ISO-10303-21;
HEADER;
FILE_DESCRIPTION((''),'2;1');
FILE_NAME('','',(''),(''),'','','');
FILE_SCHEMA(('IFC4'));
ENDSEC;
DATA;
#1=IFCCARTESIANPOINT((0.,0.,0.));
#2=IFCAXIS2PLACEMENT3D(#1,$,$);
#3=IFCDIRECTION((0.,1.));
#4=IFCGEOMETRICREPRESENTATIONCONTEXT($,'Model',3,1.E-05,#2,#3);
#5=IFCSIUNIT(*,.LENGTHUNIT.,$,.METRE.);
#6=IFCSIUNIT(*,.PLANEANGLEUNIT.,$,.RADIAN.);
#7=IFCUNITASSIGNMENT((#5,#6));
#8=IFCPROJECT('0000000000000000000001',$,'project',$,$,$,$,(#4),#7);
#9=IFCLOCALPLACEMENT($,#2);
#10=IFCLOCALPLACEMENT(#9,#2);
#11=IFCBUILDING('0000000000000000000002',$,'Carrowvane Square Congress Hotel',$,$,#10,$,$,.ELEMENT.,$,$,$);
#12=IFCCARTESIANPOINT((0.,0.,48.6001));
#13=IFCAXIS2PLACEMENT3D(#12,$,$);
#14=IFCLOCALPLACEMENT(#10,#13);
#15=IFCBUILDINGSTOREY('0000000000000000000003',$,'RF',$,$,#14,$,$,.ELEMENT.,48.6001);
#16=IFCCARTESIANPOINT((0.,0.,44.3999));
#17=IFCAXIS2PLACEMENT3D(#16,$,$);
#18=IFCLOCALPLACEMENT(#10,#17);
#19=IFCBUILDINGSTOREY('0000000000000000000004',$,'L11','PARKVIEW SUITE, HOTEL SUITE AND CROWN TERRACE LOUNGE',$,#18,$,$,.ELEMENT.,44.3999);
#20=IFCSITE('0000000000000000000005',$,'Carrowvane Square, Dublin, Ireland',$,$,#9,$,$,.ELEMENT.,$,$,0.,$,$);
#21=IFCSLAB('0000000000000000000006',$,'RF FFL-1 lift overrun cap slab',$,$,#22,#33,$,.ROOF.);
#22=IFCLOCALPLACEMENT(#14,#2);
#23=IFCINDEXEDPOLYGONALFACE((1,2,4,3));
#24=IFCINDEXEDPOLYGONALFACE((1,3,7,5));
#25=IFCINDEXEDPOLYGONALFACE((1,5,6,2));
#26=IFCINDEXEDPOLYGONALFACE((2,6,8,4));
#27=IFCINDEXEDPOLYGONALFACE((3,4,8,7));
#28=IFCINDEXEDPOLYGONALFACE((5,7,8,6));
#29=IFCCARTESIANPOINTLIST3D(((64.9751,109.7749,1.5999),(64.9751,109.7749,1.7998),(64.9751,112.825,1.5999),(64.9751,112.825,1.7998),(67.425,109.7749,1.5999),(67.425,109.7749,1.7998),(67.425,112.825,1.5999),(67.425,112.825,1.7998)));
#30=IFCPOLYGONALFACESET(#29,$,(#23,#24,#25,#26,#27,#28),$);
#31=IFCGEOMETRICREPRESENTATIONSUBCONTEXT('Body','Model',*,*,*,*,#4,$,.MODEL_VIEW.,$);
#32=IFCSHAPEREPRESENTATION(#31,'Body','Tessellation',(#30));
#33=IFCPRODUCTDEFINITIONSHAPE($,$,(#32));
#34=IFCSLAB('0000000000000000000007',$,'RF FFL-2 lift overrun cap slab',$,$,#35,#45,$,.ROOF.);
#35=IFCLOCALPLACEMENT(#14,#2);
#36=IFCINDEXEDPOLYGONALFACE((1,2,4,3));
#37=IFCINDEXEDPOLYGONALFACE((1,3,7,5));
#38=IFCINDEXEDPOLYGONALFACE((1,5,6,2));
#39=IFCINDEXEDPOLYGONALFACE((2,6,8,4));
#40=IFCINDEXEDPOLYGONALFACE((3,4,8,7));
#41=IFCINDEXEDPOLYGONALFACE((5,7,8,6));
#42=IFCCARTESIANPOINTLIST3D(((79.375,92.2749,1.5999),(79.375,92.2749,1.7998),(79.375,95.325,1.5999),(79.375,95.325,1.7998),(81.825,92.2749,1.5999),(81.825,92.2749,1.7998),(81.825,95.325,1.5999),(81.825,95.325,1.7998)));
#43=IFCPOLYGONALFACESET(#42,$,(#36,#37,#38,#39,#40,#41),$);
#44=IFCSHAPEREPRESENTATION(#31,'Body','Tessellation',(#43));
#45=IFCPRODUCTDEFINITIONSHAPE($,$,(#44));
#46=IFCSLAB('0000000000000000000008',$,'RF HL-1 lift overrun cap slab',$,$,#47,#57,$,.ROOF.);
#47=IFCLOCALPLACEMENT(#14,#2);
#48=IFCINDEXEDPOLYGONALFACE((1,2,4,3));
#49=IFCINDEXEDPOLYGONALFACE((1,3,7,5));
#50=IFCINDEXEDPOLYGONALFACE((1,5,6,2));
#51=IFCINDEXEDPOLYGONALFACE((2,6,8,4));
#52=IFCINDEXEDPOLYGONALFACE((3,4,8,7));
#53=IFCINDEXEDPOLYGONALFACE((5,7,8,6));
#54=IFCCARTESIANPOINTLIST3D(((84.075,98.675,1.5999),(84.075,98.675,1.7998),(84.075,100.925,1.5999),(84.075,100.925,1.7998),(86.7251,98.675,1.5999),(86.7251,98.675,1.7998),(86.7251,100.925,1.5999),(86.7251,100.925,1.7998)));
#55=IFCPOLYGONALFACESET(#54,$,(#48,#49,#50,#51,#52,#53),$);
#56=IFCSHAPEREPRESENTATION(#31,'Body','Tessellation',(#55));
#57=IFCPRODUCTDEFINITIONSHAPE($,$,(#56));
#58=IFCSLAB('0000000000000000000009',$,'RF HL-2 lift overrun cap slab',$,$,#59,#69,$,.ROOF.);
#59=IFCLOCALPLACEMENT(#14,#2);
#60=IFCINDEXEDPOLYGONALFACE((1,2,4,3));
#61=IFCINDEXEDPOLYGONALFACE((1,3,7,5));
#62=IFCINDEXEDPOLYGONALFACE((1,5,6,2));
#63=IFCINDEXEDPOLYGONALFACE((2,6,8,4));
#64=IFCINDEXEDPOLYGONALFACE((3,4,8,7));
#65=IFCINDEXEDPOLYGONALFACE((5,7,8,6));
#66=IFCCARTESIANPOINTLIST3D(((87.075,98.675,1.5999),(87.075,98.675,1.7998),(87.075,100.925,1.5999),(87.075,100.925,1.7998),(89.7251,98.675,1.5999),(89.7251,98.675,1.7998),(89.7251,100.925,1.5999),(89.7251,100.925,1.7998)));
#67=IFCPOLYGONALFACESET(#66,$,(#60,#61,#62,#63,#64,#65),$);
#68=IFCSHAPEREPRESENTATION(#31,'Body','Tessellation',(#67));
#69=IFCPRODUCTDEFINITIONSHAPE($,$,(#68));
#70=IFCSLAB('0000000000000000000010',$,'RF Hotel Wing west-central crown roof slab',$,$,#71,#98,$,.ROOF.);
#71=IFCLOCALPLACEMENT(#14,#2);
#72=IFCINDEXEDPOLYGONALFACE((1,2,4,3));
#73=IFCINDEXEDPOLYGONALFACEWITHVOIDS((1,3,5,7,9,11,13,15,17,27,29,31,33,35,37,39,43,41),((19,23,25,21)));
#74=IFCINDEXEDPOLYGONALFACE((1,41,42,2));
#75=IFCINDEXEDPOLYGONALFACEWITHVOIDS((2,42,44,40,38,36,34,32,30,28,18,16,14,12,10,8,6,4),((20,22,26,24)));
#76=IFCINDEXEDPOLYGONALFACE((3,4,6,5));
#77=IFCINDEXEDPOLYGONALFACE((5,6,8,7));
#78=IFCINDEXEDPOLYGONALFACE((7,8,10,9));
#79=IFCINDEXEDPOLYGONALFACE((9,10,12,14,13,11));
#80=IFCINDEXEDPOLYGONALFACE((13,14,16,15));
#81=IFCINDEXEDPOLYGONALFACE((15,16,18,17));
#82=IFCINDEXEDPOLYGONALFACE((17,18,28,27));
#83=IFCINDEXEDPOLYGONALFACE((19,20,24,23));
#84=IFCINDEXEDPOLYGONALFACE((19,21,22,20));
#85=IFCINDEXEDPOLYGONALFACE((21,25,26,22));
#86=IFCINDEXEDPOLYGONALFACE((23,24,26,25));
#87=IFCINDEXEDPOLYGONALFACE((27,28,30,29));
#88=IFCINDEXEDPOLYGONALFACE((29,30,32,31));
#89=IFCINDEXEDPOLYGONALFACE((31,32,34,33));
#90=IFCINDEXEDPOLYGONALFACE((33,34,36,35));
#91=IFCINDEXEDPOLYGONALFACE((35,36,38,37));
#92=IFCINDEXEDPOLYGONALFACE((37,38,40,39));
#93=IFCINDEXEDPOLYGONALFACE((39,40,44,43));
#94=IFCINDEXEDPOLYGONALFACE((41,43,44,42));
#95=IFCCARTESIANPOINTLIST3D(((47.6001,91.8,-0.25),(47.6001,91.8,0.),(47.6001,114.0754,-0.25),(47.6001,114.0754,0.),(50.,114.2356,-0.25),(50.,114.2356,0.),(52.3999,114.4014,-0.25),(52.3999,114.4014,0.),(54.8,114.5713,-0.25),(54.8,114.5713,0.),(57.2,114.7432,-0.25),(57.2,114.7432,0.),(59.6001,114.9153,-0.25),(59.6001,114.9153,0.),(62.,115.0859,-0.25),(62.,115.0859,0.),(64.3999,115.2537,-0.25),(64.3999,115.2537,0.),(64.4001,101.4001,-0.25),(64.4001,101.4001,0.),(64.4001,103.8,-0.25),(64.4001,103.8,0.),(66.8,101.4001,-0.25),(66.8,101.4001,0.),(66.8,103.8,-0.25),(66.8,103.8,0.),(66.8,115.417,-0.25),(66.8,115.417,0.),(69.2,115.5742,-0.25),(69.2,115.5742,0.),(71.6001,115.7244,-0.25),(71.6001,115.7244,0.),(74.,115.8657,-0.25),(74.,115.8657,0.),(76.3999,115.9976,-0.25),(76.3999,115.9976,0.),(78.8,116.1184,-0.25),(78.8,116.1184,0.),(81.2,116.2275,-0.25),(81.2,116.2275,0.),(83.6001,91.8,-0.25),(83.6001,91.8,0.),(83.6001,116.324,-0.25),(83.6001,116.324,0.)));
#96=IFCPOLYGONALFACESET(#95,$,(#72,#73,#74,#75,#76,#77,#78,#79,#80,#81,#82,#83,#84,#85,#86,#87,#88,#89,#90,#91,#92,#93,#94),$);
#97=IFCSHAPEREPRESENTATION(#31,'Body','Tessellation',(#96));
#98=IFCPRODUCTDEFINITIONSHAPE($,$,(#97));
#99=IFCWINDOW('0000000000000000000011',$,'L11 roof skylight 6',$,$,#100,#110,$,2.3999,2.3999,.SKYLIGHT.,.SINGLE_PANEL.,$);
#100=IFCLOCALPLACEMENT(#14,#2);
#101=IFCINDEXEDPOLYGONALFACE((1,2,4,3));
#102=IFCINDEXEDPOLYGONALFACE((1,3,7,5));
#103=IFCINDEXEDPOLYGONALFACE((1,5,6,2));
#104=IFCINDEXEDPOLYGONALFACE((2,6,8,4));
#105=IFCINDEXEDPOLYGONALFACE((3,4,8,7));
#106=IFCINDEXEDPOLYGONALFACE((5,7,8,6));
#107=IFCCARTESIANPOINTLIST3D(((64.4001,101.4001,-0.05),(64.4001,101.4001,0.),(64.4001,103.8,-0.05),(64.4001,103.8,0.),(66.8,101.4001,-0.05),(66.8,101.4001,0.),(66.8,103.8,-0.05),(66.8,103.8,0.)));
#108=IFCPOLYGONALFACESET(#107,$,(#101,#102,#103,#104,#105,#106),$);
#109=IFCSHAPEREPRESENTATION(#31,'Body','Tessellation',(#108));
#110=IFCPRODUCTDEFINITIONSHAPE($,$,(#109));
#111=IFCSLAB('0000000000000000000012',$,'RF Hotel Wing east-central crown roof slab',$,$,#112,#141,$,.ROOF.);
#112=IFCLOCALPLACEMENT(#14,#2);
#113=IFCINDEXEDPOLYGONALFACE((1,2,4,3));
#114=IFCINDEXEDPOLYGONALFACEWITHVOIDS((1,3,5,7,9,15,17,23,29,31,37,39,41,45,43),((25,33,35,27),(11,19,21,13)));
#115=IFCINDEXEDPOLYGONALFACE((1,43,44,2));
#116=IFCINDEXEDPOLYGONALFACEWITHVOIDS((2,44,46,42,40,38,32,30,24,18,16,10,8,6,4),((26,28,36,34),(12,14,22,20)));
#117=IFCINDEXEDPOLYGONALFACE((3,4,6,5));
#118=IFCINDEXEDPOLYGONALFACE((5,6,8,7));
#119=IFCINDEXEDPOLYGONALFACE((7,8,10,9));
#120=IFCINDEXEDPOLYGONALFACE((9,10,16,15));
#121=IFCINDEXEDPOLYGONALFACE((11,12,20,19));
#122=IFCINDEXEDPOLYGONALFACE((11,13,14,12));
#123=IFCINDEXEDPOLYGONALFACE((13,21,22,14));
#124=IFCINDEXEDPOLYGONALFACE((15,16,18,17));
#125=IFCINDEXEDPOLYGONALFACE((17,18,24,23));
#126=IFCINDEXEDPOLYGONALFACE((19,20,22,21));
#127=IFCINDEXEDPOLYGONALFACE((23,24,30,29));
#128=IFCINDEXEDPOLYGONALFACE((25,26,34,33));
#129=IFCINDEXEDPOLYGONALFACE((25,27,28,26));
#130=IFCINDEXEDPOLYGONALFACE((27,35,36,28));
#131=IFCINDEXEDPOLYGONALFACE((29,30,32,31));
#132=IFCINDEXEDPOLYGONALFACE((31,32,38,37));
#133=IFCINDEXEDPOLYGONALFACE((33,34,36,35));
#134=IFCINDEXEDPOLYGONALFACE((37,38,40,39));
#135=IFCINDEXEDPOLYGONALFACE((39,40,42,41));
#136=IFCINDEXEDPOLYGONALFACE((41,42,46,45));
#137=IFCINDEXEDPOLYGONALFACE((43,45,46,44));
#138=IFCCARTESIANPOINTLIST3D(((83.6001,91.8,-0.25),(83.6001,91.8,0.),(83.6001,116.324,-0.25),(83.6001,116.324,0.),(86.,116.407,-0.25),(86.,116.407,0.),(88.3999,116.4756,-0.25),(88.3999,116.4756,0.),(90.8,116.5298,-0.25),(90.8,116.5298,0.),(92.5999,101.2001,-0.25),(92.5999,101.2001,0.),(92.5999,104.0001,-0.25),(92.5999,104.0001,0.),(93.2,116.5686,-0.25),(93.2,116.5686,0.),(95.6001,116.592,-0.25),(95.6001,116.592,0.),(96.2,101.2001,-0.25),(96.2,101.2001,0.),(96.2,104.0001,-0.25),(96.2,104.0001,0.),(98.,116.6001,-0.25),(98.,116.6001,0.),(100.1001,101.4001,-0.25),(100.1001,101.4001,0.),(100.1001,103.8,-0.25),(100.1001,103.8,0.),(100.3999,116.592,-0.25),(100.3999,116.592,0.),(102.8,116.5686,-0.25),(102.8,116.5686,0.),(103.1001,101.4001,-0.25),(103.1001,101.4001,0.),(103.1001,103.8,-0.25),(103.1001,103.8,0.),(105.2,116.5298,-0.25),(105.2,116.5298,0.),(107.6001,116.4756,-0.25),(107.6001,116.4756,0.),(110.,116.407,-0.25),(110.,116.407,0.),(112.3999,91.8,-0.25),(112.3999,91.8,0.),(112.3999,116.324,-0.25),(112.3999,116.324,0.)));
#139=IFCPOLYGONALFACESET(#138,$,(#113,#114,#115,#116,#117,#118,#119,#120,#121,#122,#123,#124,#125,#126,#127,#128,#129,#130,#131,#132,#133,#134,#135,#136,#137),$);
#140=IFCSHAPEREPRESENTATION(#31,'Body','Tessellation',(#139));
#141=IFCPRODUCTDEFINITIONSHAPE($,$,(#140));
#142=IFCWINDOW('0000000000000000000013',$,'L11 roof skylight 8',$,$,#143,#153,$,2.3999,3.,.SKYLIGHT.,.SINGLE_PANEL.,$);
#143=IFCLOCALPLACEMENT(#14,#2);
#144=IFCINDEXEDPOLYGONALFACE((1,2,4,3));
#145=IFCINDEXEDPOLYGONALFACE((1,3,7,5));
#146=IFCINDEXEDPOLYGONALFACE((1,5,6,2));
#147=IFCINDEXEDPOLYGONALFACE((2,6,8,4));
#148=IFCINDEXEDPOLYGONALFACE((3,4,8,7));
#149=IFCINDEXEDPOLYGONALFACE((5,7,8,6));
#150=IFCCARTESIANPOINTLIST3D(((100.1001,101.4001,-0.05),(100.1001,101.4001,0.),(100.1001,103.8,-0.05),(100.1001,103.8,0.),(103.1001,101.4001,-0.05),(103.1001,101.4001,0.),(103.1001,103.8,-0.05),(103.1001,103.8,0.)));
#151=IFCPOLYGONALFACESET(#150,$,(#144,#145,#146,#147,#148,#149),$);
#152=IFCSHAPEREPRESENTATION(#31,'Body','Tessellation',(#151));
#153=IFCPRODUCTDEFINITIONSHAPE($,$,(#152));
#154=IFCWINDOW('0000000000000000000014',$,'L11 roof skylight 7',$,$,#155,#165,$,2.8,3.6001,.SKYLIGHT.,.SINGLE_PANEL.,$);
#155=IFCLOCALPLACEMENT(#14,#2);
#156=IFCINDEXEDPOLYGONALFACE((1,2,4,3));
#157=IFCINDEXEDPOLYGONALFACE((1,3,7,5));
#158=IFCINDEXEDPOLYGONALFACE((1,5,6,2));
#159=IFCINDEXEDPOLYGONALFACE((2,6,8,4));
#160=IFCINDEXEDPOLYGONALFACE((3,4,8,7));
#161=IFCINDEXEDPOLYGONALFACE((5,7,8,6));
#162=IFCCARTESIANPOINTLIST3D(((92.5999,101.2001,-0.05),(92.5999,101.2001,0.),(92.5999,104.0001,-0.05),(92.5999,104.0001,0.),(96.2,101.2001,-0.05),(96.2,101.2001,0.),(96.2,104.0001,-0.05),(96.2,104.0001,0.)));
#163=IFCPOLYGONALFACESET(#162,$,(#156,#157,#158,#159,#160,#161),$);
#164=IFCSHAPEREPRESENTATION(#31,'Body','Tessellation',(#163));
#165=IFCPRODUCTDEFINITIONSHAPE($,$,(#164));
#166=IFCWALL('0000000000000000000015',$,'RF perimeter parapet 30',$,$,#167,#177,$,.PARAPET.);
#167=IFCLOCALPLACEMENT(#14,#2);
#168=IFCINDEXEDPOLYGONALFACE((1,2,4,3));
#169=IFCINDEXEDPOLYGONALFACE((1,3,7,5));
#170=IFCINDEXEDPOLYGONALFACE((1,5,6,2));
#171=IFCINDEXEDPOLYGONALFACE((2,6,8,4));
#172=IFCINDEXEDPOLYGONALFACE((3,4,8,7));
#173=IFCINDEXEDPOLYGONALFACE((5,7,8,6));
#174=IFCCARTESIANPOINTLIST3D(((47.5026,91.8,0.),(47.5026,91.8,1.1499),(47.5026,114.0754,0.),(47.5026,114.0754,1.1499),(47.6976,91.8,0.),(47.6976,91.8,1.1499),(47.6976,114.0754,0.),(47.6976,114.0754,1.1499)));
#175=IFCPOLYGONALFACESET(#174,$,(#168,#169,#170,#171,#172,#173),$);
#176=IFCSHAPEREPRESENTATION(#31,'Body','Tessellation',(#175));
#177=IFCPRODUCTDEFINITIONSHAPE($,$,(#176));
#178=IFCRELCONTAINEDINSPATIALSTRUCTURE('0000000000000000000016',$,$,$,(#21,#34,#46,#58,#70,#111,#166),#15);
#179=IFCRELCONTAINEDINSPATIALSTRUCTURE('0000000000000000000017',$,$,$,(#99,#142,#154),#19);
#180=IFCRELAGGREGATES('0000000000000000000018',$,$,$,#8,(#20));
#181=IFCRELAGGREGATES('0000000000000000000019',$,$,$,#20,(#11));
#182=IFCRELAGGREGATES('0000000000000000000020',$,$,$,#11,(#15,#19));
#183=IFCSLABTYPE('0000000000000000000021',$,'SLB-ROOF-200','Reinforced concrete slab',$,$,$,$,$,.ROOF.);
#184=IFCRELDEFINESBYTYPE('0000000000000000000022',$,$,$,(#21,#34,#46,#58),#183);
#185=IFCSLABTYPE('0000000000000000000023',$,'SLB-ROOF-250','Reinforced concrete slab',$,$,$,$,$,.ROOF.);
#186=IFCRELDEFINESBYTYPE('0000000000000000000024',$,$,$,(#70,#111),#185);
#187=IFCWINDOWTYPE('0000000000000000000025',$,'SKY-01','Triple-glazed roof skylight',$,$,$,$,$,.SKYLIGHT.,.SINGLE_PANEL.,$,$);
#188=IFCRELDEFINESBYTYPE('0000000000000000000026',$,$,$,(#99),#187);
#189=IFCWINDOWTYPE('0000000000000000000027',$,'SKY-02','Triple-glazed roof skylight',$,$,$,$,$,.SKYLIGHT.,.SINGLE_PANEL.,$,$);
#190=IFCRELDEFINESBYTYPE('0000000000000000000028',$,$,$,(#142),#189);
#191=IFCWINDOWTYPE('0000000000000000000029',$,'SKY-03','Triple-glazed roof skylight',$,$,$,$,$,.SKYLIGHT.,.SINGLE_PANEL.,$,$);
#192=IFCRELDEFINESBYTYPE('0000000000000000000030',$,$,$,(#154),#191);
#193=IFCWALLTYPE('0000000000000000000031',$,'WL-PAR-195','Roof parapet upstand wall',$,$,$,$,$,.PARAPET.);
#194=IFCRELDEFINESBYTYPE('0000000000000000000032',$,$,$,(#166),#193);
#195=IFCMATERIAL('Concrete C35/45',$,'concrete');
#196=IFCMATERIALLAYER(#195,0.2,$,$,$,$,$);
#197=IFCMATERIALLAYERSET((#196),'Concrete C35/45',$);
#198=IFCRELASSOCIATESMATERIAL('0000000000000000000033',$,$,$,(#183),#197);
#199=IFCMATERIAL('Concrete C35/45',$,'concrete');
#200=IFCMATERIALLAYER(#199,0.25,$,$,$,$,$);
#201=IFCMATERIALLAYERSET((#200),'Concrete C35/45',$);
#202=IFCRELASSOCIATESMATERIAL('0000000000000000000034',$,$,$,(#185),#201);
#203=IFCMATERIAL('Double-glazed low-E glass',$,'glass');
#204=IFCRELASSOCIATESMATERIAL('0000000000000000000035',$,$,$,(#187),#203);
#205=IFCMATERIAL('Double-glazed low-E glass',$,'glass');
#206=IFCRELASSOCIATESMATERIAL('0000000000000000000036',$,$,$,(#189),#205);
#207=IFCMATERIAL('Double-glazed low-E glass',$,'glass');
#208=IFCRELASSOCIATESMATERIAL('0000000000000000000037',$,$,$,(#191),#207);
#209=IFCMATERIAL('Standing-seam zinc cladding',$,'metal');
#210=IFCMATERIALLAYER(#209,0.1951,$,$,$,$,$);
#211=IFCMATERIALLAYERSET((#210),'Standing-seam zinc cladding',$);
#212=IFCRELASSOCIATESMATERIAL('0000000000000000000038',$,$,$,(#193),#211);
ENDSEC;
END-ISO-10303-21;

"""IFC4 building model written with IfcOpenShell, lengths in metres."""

from ifc_helpers import new_model, si_unit, direction, frame, frame_2d, origin, origin_2d, place, context, subcontext, project, spatial, polyline, rectangle, outline, extrude, material, layer, layer_set, type_object, element, fill, save


model = new_model("IFC4")

# Units and contexts
model_context = context("Model", 3, precision=1e-05, world=origin(), true_north=direction((0.0, 1.0)))
body_context = subcontext(model_context, "Body", "Model", "MODEL_VIEW")
ifc_project = project(units=[si_unit("LENGTHUNIT", "METRE"), si_unit("PLANEANGLEUNIT", "RADIAN")], contexts=[model_context])

# Site, building, storey
site_placement = place(None, origin())
site = spatial("IfcSite", under=ifc_project, at=site_placement, Name="Carrowvane Square, Dublin, Ireland", CompositionType="ELEMENT", RefElevation=0.0)
building_placement = place(site_placement, origin())
building = spatial("IfcBuilding", under=site, at=building_placement, Name="Carrowvane Square Congress Hotel", CompositionType="ELEMENT")
storey_1_placement = place(building_placement, frame((0.0, 0.0, 48.6001)))
storey_1 = spatial("IfcBuildingStorey", under=building, at=storey_1_placement, Name="RF", CompositionType="ELEMENT", Elevation=48.6001)

# Slabs
ifc_material_1 = material(Name="Concrete C35/45", Category="concrete")
ifc_layer_1 = layer(ifc_material_1, 0.2)
ifc_layer_set_1 = layer_set([ifc_layer_1], Name="Concrete C35/45")
slab_type_1 = type_object("IfcSlabType", Name="SLB-ROOF-200", Description="Reinforced concrete slab", PredefinedType="ROOF", material=ifc_layer_set_1)
slab_1_placement = place(storey_1_placement, frame((0.0, 0.0, 1.5999)))
element("IfcSlab", 1, at=slab_1_placement, inside=storey_1, type_object=slab_type_1, Name="RF FFL-1 lift overrun cap slab", PredefinedType="ROOF", context=body_context, shape_type="SweptSolid", body=[
    extrude(outline(polyline([(64.9751, 109.7749), (67.425, 109.7749), (67.425, 112.825), (64.9751, 112.825), (64.9751, 109.7749)])), origin(), (0.0, 0.0, 1.0), 0.2),
])
slab_2_placement = place(storey_1_placement, frame((0.0, 0.0, 1.5999)))
element("IfcSlab", 2, at=slab_2_placement, inside=storey_1, type_object=slab_type_1, Name="RF FFL-2 lift overrun cap slab", PredefinedType="ROOF", context=body_context, shape_type="SweptSolid", body=[
    extrude(outline(polyline([(79.375, 92.2749), (81.825, 92.2749), (81.825, 95.325), (79.375, 95.325), (79.375, 92.2749)])), origin(), (0.0, 0.0, 1.0), 0.2),
])
slab_3_placement = place(storey_1_placement, frame((0.0, 0.0, 1.5999)))
element("IfcSlab", 3, at=slab_3_placement, inside=storey_1, type_object=slab_type_1, Name="RF HL-1 lift overrun cap slab", PredefinedType="ROOF", context=body_context, shape_type="SweptSolid", body=[
    extrude(outline(polyline([(84.075, 98.675), (86.7251, 98.675), (86.7251, 100.925), (84.075, 100.925), (84.075, 98.675)])), origin(), (0.0, 0.0, 1.0), 0.2),
])
slab_4_placement = place(storey_1_placement, frame((0.0, 0.0, 1.5999)))
element("IfcSlab", 4, at=slab_4_placement, inside=storey_1, type_object=slab_type_1, Name="RF HL-2 lift overrun cap slab", PredefinedType="ROOF", context=body_context, shape_type="SweptSolid", body=[
    extrude(outline(polyline([(87.075, 98.675), (89.7251, 98.675), (89.7251, 100.925), (87.075, 100.925), (87.075, 98.675)])), origin(), (0.0, 0.0, 1.0), 0.2),
])

# Slab, opening
ifc_material_2 = material(Name="Concrete C35/45", Category="concrete")
ifc_layer_2 = layer(ifc_material_2, 0.25)
ifc_layer_set_2 = layer_set([ifc_layer_2], Name="Concrete C35/45")
slab_type_2 = type_object("IfcSlabType", Name="SLB-ROOF-250", Description="Reinforced concrete slab", PredefinedType="ROOF", material=ifc_layer_set_2)
slab_5_placement = place(storey_1_placement, frame((0.0, 0.0, -0.25)))
slab_5 = element("IfcSlab", 5, at=slab_5_placement, inside=storey_1, type_object=slab_type_2, Name="RF Hotel Wing west-central crown roof slab", PredefinedType="ROOF", context=body_context, shape_type="SweptSolid", body=[
    extrude(outline(polyline([(47.6001, 91.8), (83.6001, 91.8), (83.6001, 116.324), (81.2, 116.2275), (78.8, 116.1184), (76.3999, 115.9976), (74.0, 115.8657), (71.6001, 115.7244), (69.2, 115.5742), (66.8, 115.417), (64.3999, 115.2537), (62.0, 115.0859), (59.6001, 114.9153), (57.2, 114.7432), (54.8, 114.5713), (52.3999, 114.4014), (50.0, 114.2356), (47.6001, 114.0754), (47.6001, 91.8)])), origin(), (0.0, 0.0, 1.0), 0.25),
])
opening_1_placement = place(slab_5_placement, frame((65.6001, 102.6001, 0.0)))
opening_1 = element("IfcOpeningElement", 6, at=opening_1_placement, cuts=slab_5, PredefinedType="OPENING", context=body_context, shape_type="SweptSolid", body=[
    extrude(rectangle(XDim=2.3999, YDim=2.3999, at=origin_2d()), origin(), (0.0, 0.0, 1.0), 0.25),
])

# Shared definitions
storey_2_placement = place(building_placement, frame((0.0, 0.0, 44.3999)))
storey_2 = spatial("IfcBuildingStorey", under=building, at=storey_2_placement, Name="L11", Description="PARKVIEW SUITE, HOTEL SUITE AND CROWN TERRACE LOUNGE", CompositionType="ELEMENT", Elevation=44.3999)

# Window
ifc_material_3 = material(Name="Double-glazed low-E glass", Category="glass")
window_type_1 = type_object("IfcWindowType", Name="SKY-01", Description="Triple-glazed roof skylight", PartitioningType="SINGLE_PANEL", PredefinedType="SKYLIGHT", material=ifc_material_3)
window_1_placement = place(opening_1_placement, frame((0.0, 0.0, 0.2)))
window_1 = element("IfcWindow", 7, at=window_1_placement, inside=storey_2, type_object=window_type_1, Name="L11 roof skylight 6", OverallHeight=2.3999, OverallWidth=2.3999, PartitioningType="SINGLE_PANEL", PredefinedType="SKYLIGHT", context=body_context, shape_type="SweptSolid", body=[
    extrude(rectangle(XDim=2.3999, YDim=2.3999, at=origin_2d()), origin(), (0.0, 0.0, 1.0), 0.05),
])
fill(opening_1, window_1)

# Slab, openings, windows
slab_6_placement = place(storey_1_placement, frame((0.0, 0.0, -0.25)))
slab_6 = element("IfcSlab", 8, at=slab_6_placement, inside=storey_1, type_object=slab_type_2, Name="RF Hotel Wing east-central crown roof slab", PredefinedType="ROOF", context=body_context, shape_type="SweptSolid", body=[
    extrude(outline(polyline([(83.6001, 91.8), (112.3999, 91.8), (112.3999, 116.324), (110.0, 116.407), (107.6001, 116.4756), (105.2, 116.5298), (102.8, 116.5686), (100.3999, 116.592), (98.0, 116.6001), (95.6001, 116.592), (93.2, 116.5686), (90.8, 116.5298), (88.3999, 116.4756), (86.0, 116.407), (83.6001, 116.324), (83.6001, 91.8)])), origin(), (0.0, 0.0, 1.0), 0.25),
])
opening_2_placement = place(slab_6_placement, frame((94.3999, 102.6001, 0.0)))
opening_2 = element("IfcOpeningElement", 9, at=opening_2_placement, cuts=slab_6, PredefinedType="OPENING", context=body_context, shape_type="SweptSolid", body=[
    extrude(rectangle(XDim=3.6001, YDim=2.8, at=origin_2d()), origin(), (0.0, 0.0, 1.0), 0.25),
])
opening_3_placement = place(slab_6_placement, frame((101.6001, 102.6001, 0.0)))
opening_3 = element("IfcOpeningElement", 10, at=opening_3_placement, cuts=slab_6, PredefinedType="OPENING", context=body_context, shape_type="SweptSolid", body=[
    extrude(rectangle(XDim=3.0, YDim=2.3999, at=origin_2d()), origin(), (0.0, 0.0, 1.0), 0.25),
])
ifc_material_4 = material(Name="Double-glazed low-E glass", Category="glass")
window_type_2 = type_object("IfcWindowType", Name="SKY-02", Description="Triple-glazed roof skylight", PartitioningType="SINGLE_PANEL", PredefinedType="SKYLIGHT", material=ifc_material_4)
window_2_placement = place(opening_3_placement, frame((0.0, 0.0, 0.2)))
window_2 = element("IfcWindow", 11, at=window_2_placement, inside=storey_2, type_object=window_type_2, Name="L11 roof skylight 8", OverallHeight=2.3999, OverallWidth=3.0, PartitioningType="SINGLE_PANEL", PredefinedType="SKYLIGHT", context=body_context, shape_type="SweptSolid", body=[
    extrude(rectangle(XDim=3.0, YDim=2.3999, at=origin_2d()), origin(), (0.0, 0.0, 1.0), 0.05),
])
fill(opening_3, window_2)
ifc_material_5 = material(Name="Double-glazed low-E glass", Category="glass")
window_type_3 = type_object("IfcWindowType", Name="SKY-03", Description="Triple-glazed roof skylight", PartitioningType="SINGLE_PANEL", PredefinedType="SKYLIGHT", material=ifc_material_5)
window_3_placement = place(opening_2_placement, frame((0.0, 0.0, 0.2)))
window_3 = element("IfcWindow", 12, at=window_3_placement, inside=storey_2, type_object=window_type_3, Name="L11 roof skylight 7", OverallHeight=2.8, OverallWidth=3.6001, PartitioningType="SINGLE_PANEL", PredefinedType="SKYLIGHT", context=body_context, shape_type="SweptSolid", body=[
    extrude(rectangle(XDim=3.6001, YDim=2.8, at=origin_2d()), origin(), (0.0, 0.0, 1.0), 0.05),
])
fill(opening_2, window_3)

# Wall
ifc_material_6 = material(Name="Standing-seam zinc cladding", Category="metal")
ifc_layer_3 = layer(ifc_material_6, 0.1951)
ifc_layer_set_3 = layer_set([ifc_layer_3], Name="Standing-seam zinc cladding")
wall_type_1 = type_object("IfcWallType", Name="WL-PAR-195", Description="Roof parapet upstand wall", PredefinedType="PARAPET", material=ifc_layer_set_3)
wall_1_placement = place(storey_1_placement, frame((47.6001, 91.8, 0.0), z_axis=(0.0, 0.0, 1.0), x_axis=(0.0, 1.0, 0.0)))
element("IfcWall", 13, at=wall_1_placement, inside=storey_1, type_object=wall_type_1, Name="RF perimeter parapet 30", PredefinedType="PARAPET", context=body_context, shape_type="SweptSolid", body=[
    extrude(rectangle(XDim=22.2754, YDim=0.1951, at=frame_2d((11.1377, 0.0))), origin(), (0.0, 0.0, 1.0), 1.1499),
])

save(model, "model.ifc")
